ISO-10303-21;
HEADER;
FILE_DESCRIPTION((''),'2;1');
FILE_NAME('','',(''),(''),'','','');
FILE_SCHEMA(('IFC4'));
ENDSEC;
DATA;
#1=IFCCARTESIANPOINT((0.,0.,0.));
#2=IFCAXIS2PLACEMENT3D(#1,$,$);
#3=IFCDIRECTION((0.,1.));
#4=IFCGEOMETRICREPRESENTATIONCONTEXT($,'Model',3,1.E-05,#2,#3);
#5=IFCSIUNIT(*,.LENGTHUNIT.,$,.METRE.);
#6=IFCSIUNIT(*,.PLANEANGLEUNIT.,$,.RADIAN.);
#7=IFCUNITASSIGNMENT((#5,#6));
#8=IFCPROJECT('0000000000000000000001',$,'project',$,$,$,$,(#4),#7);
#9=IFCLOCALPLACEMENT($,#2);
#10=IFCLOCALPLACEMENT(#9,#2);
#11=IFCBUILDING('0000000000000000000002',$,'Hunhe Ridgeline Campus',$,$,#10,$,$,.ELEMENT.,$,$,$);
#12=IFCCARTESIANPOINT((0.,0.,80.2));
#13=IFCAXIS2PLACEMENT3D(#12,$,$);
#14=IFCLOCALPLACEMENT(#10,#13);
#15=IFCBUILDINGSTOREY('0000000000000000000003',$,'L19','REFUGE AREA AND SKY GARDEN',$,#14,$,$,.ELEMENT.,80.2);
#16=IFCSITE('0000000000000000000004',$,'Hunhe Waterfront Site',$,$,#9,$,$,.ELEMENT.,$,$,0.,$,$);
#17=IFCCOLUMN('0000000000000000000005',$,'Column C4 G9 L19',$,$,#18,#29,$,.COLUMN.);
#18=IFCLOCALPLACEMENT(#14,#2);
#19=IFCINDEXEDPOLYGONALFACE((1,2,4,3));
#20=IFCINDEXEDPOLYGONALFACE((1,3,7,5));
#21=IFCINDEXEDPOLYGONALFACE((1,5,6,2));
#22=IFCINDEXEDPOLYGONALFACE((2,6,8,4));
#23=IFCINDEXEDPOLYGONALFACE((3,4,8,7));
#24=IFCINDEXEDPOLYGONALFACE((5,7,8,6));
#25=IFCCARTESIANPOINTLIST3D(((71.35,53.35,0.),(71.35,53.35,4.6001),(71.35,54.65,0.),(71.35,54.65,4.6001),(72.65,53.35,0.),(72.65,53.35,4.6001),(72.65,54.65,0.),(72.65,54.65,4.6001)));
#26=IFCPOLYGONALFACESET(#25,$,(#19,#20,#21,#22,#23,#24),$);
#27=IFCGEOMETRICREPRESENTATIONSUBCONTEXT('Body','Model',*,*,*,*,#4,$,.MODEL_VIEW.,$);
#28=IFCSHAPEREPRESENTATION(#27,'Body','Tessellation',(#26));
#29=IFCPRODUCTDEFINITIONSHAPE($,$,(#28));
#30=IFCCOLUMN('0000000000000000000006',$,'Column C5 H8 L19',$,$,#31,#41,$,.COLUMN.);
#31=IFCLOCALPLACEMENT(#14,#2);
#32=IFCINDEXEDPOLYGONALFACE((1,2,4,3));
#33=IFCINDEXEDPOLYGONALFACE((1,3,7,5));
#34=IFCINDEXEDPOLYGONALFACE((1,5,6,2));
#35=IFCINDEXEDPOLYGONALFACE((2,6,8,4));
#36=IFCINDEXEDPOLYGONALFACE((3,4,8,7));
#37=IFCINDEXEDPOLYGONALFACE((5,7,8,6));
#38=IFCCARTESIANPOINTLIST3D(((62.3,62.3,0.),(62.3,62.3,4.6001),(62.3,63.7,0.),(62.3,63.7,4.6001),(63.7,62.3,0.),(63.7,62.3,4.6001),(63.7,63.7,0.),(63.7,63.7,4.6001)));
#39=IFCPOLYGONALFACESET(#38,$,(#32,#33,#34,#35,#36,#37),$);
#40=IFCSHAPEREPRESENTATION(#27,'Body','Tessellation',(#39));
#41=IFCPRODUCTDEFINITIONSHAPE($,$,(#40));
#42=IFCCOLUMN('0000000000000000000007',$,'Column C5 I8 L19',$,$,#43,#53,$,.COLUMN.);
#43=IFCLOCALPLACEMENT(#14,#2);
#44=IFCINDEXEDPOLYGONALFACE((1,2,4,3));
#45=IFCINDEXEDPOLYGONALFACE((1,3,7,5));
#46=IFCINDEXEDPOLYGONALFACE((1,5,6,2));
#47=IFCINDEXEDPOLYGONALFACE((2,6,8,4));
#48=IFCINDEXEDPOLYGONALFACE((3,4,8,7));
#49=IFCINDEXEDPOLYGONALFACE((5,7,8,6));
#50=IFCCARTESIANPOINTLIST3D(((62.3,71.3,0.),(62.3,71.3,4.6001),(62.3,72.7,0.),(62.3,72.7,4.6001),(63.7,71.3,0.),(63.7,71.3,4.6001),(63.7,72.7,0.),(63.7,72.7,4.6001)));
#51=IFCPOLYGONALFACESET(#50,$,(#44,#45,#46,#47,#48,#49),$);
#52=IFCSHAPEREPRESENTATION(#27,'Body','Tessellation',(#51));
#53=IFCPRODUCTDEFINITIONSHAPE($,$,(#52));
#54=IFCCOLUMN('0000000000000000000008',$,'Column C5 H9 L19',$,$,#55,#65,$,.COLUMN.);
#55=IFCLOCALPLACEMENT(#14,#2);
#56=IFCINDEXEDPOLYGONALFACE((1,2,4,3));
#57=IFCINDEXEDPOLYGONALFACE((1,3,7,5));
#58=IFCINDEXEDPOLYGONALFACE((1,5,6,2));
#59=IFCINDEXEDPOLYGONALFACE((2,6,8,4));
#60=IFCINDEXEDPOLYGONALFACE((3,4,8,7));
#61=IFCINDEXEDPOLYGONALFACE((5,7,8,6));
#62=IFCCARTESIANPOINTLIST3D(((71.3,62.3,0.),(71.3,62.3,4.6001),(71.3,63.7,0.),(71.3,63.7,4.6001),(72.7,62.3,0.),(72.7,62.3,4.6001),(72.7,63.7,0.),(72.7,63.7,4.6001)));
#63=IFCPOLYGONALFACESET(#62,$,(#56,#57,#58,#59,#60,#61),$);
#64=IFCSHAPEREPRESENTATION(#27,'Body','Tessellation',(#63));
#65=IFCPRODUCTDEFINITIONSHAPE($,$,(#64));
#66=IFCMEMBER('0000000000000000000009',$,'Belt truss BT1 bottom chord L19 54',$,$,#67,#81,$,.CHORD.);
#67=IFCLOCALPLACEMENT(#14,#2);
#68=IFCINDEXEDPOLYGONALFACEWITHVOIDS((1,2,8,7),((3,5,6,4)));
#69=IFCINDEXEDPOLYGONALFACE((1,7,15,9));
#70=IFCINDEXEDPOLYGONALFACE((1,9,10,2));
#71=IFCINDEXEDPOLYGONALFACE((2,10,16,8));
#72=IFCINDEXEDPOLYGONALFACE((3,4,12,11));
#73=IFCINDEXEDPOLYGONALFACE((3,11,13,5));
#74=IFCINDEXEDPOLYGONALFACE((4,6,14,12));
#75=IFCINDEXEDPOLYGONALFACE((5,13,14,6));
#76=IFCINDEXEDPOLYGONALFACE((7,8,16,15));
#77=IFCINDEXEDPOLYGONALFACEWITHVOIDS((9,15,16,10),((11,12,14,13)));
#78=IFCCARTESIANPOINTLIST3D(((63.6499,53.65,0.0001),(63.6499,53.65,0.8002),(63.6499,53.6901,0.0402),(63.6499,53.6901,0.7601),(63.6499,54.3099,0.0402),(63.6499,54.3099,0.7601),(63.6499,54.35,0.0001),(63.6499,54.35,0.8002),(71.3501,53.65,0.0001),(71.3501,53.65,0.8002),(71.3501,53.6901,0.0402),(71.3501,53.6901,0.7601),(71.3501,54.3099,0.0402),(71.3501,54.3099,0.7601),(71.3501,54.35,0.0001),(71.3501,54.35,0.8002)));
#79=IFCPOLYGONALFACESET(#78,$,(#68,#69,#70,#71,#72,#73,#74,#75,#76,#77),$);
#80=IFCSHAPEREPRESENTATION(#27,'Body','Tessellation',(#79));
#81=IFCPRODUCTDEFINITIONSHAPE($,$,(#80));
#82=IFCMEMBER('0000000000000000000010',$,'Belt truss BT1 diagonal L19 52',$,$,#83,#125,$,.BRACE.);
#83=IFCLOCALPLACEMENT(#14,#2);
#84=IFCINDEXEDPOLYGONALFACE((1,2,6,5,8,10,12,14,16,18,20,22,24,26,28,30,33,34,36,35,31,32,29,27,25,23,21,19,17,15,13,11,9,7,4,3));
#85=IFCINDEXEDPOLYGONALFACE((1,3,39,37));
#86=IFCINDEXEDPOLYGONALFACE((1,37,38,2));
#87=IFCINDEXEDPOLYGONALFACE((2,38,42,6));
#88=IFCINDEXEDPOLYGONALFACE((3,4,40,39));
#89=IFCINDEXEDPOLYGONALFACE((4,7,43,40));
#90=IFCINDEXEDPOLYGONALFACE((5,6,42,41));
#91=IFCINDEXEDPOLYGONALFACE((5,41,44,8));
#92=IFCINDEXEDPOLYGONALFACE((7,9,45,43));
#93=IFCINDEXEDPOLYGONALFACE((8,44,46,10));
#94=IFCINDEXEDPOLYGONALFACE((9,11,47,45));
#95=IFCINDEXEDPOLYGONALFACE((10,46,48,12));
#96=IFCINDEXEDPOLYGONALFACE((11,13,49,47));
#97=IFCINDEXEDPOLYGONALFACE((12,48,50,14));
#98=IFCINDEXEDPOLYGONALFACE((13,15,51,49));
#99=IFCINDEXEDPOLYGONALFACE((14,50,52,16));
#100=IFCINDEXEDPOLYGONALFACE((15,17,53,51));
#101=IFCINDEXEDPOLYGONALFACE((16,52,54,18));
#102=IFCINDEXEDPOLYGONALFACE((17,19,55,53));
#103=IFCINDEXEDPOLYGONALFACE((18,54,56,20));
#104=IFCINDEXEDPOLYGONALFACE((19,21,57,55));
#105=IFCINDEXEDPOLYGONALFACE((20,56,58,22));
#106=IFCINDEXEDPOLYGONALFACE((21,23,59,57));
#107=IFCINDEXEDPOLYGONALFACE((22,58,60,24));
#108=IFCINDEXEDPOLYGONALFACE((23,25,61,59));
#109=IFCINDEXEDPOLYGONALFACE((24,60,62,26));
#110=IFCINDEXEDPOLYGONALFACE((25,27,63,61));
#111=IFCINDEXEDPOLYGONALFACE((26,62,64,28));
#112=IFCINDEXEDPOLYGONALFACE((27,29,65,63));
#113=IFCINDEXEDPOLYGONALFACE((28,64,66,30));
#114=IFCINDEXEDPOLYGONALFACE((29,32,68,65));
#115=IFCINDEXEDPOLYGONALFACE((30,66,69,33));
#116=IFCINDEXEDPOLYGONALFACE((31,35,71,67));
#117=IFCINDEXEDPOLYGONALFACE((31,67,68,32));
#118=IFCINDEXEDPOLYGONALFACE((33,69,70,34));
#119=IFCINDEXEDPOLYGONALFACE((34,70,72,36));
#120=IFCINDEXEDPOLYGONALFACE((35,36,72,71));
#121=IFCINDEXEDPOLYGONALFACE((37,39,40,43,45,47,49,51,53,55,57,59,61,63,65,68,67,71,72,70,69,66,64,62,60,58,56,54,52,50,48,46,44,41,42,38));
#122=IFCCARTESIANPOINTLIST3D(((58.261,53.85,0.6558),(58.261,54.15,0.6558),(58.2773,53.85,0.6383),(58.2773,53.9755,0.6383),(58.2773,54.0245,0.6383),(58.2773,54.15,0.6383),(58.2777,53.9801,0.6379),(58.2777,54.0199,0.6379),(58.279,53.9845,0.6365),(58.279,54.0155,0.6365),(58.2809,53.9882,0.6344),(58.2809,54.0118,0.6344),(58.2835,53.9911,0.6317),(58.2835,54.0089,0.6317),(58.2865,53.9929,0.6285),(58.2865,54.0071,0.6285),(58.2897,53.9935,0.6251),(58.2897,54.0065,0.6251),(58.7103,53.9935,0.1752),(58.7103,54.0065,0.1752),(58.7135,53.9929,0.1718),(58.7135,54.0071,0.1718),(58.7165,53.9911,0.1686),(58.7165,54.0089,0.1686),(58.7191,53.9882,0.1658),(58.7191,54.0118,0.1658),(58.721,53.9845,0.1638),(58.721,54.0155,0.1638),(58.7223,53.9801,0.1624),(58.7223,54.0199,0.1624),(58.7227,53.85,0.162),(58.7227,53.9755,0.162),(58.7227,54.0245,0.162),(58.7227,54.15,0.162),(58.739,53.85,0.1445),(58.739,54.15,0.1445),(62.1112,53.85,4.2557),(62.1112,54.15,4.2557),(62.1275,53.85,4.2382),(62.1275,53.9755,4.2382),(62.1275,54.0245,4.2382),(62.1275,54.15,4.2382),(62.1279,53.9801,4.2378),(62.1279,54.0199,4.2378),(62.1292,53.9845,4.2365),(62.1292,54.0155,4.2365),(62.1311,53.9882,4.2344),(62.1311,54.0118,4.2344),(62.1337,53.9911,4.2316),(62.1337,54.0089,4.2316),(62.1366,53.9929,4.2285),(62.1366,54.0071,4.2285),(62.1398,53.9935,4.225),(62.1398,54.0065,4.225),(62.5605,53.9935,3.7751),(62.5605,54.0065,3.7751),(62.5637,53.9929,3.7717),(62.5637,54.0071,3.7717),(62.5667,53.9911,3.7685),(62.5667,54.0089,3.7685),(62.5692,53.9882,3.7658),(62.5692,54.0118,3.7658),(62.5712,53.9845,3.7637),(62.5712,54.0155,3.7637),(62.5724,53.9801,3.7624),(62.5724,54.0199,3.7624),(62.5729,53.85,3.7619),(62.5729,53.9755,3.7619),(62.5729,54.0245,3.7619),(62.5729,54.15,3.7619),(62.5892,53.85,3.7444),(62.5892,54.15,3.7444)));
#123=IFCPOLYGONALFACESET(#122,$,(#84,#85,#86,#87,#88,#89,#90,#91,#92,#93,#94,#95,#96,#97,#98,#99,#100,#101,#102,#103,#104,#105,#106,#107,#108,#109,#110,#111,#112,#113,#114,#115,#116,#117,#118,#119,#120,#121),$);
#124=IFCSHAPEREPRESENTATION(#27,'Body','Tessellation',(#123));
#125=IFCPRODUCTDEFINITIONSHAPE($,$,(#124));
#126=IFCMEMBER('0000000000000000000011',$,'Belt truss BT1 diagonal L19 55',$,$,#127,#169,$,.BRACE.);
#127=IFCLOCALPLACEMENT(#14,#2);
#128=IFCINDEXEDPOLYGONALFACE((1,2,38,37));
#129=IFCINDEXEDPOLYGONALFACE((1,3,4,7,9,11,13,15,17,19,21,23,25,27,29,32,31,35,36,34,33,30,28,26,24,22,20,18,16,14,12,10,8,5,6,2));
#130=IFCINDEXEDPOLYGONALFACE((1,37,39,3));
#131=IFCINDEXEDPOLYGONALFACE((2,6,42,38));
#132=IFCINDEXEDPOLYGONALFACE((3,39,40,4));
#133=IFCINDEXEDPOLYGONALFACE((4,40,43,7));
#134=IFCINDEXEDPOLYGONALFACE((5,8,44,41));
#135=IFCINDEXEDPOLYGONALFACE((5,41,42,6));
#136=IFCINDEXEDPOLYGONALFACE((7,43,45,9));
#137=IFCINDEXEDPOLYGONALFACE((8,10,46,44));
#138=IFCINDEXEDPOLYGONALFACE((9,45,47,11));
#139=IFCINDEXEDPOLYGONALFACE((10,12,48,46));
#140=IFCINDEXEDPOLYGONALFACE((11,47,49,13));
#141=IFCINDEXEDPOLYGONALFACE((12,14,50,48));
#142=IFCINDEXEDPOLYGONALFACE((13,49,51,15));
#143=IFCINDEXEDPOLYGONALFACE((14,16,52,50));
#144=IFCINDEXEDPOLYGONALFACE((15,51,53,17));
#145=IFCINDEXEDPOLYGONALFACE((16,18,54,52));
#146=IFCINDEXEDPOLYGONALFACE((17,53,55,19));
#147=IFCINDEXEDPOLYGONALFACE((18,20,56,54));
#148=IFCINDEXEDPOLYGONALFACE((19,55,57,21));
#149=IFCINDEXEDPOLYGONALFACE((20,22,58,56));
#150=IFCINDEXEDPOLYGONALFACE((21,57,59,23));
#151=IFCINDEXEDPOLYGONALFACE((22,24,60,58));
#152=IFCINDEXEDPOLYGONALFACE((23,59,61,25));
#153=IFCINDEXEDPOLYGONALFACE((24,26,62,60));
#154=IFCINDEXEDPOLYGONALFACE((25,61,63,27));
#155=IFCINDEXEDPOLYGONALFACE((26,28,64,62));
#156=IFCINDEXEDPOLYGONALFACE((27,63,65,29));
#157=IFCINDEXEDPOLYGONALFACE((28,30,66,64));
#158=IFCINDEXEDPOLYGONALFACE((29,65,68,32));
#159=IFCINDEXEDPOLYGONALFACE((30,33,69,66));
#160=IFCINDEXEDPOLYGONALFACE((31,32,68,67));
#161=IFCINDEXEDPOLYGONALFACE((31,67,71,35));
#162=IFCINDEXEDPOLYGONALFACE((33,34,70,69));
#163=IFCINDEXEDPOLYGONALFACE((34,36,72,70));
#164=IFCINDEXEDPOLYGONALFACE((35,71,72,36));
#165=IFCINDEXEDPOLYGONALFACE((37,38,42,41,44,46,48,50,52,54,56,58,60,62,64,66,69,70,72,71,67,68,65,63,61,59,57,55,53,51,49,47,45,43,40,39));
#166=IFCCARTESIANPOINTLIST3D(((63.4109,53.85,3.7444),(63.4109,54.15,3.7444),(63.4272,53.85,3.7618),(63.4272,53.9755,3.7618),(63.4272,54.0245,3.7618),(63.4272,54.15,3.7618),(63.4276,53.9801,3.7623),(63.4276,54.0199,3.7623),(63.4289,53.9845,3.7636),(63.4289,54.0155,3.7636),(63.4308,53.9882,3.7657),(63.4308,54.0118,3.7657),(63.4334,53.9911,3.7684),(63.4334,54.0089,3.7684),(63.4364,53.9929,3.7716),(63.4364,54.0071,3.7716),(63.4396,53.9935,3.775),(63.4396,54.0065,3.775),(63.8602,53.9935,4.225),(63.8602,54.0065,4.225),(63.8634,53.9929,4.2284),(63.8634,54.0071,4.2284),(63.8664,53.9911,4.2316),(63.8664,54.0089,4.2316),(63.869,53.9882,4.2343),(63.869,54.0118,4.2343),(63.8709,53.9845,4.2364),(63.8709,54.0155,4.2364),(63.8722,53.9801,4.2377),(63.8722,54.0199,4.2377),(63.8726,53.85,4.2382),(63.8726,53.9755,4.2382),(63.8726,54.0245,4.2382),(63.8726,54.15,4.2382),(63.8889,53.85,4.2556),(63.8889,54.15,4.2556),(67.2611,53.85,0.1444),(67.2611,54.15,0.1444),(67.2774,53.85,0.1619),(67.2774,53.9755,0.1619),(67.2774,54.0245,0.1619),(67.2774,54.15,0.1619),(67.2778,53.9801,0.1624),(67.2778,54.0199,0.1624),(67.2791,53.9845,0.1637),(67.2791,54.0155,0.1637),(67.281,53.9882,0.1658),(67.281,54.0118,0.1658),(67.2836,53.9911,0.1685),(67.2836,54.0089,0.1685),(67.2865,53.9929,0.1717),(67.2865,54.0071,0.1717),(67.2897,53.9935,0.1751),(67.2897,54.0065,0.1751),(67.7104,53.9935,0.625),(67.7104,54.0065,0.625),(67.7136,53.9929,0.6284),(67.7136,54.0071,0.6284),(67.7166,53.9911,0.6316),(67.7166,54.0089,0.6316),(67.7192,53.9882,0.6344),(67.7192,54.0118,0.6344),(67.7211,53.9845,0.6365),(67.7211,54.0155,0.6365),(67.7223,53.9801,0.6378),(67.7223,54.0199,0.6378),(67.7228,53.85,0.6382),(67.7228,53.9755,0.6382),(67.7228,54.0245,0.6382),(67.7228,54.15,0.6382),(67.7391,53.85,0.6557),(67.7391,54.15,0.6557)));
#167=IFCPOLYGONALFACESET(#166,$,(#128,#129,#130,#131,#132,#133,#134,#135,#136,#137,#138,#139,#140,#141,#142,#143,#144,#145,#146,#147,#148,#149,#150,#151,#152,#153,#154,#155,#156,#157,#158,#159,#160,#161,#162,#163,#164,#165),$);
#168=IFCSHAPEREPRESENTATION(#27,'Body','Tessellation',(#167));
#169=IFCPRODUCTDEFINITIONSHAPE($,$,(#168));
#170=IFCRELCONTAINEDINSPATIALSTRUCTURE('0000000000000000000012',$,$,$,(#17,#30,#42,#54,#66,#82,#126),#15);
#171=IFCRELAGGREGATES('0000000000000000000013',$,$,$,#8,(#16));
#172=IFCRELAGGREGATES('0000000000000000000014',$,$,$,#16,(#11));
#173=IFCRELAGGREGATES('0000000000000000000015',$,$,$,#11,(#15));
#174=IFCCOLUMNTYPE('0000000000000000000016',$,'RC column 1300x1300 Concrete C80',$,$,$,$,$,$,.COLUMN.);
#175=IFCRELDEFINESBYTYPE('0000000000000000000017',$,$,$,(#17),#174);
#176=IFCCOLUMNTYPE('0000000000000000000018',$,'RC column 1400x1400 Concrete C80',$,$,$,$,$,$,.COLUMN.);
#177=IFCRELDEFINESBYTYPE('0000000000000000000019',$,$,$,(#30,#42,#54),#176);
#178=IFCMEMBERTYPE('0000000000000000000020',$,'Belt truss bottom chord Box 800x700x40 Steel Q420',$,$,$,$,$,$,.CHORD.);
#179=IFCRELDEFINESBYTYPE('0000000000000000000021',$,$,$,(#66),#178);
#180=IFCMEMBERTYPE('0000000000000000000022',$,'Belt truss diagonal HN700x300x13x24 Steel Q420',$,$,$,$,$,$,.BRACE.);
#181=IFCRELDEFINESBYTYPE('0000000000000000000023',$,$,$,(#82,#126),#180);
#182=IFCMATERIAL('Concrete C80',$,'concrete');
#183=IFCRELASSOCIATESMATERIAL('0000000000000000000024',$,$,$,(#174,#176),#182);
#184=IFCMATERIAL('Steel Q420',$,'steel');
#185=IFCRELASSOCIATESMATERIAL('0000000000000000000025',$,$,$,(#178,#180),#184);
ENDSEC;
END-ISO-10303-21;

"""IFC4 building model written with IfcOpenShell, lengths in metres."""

from ifc_helpers import new_model, si_unit, direction, frame, origin, origin_2d, place, context, subcontext, project, spatial, rectangle, hollow_rectangle, i_section, extrude, material, material_profile, profile_set, type_object, element, save


model = new_model("IFC4")

# Units and contexts
model_context = context("Model", 3, precision=1e-05, world=origin(), true_north=direction((0.0, 1.0)))
body_context = subcontext(model_context, "Body", "Model", "MODEL_VIEW")
ifc_project = project(units=[si_unit("LENGTHUNIT", "METRE"), si_unit("PLANEANGLEUNIT", "RADIAN")], contexts=[model_context])

# Site, building, storey
site_placement = place(None, origin())
site = spatial("IfcSite", under=ifc_project, at=site_placement, Name="Hunhe Waterfront Site", CompositionType="ELEMENT", RefElevation=0.0)
building_placement = place(site_placement, origin())
building = spatial("IfcBuilding", under=site, at=building_placement, Name="Hunhe Ridgeline Campus", CompositionType="ELEMENT")
storey_placement = place(building_placement, frame((0.0, 0.0, 80.2)))
storey = spatial("IfcBuildingStorey", under=building, at=storey_placement, Name="L19", Description="REFUGE AREA AND SKY GARDEN", CompositionType="ELEMENT", Elevation=80.2)

# Columns
ifc_material_1 = material(Name="Concrete C80", Category="concrete")
ifc_material_profile_1 = material_profile(ifc_material_1, rectangle(XDim=1.3, YDim=1.3, at=origin_2d()))
ifc_profile_set_1 = profile_set([ifc_material_profile_1], Name="Concrete C80")
column_type_1 = type_object("IfcColumnType", Name="RC column 1300x1300 Concrete C80", PredefinedType="COLUMN", material=ifc_profile_set_1)
column_placement = place(storey_placement, frame((72.0, 54.0, 0.0), z_axis=(0.0, 0.0, 1.0), x_axis=(1.0, 0.0, 0.0)))
element("IfcColumn", 1, at=column_placement, inside=storey, type_object=column_type_1, Name="Column C4 G9 L19", PredefinedType="COLUMN", context=body_context, shape_type="SweptSolid", body=[
    extrude(rectangle(XDim=1.3, YDim=1.3, at=origin_2d()), origin(), (0.0, 0.0, 1.0), 4.6001),
])
ifc_material_profile_2 = material_profile(ifc_material_1, rectangle(XDim=1.3999, YDim=1.3999, at=origin_2d()))
ifc_profile_set_2 = profile_set([ifc_material_profile_2], Name="Concrete C80")
column_type_2 = type_object("IfcColumnType", Name="RC column 1400x1400 Concrete C80", PredefinedType="COLUMN", material=ifc_profile_set_2)
for number, where, z_axis, x_axis, name in (
    (2, (63.0, 63.0, 0.0), (0.0, 0.0, 1.0), (1.0, 0.0, 0.0), "Column C5 H8 L19"),
    (3, (63.0, 72.0, 0.0), (0.0, 0.0, 1.0), (1.0, 0.0, 0.0), "Column C5 I8 L19"),
    (4, (72.0, 63.0, 0.0), (0.0, 0.0, 1.0), (1.0, 0.0, 0.0), "Column C5 H9 L19"),
):
    element("IfcColumn", number, at=place(storey_placement, frame(where, z_axis=z_axis, x_axis=x_axis)), inside=storey, type_object=column_type_2, Name=name, PredefinedType="COLUMN", context=body_context, shape_type="SweptSolid", body=[
        extrude(rectangle(XDim=1.3999, YDim=1.3999, at=origin_2d()), origin(), (0.0, 0.0, 1.0), 4.6001),
    ])

# Members
ifc_material_2 = material(Name="Steel Q420", Category="steel")
ifc_material_profile_3 = material_profile(ifc_material_2, hollow_rectangle(XDim=0.7, YDim=0.8, WallThickness=0.04, at=origin_2d()))
ifc_profile_set_3 = profile_set([ifc_material_profile_3], Name="Steel Q420")
member_type_1 = type_object("IfcMemberType", Name="Belt truss bottom chord Box 800x700x40 Steel Q420", PredefinedType="CHORD", material=ifc_profile_set_3)
member_1_placement = place(storey_placement, frame((63.6499, 54.0, 0.4001), z_axis=(1.0, 0.0, 0.0), x_axis=(0.0, 1.0, 0.0)))
element("IfcMember", 5, at=member_1_placement, inside=storey, type_object=member_type_1, Name="Belt truss BT1 bottom chord L19 54", PredefinedType="CHORD", context=body_context, shape_type="SweptSolid", body=[
    extrude(hollow_rectangle(XDim=0.7, YDim=0.8, WallThickness=0.04, at=origin_2d()), origin(), (0.0, 0.0, 1.0), 7.7002),
])
ifc_material_profile_4 = material_profile(ifc_material_2, i_section(OverallWidth=0.3, OverallDepth=0.7, WebThickness=0.0129, FlangeThickness=0.0239, FilletRadius=0.0181, at=origin_2d()))
ifc_profile_set_4 = profile_set([ifc_material_profile_4], Name="Steel Q420")
member_type_2 = type_object("IfcMemberType", Name="Belt truss diagonal HN700x300x13x24 Steel Q420", PredefinedType="BRACE", material=ifc_profile_set_4)
for number, where, z_axis, x_axis, name in (
    (6, (58.5, 54.0, 0.4001), (0.730447, 0.0, 0.68297), (0.0, 1.0, 0.0), "Belt truss BT1 diagonal L19 52"),
    (7, (63.6499, 54.0, 4.0), (0.730447, 0.0, -0.68297), (0.0, 1.0, 0.0), "Belt truss BT1 diagonal L19 55"),
):
    element("IfcMember", number, at=place(storey_placement, frame(where, z_axis=z_axis, x_axis=x_axis)), inside=storey, type_object=member_type_2, Name=name, PredefinedType="BRACE", context=body_context, shape_type="SweptSolid", body=[
        extrude(i_section(OverallWidth=0.3, OverallDepth=0.7, WebThickness=0.0129, FlangeThickness=0.0239, FilletRadius=0.0181, at=origin_2d()), origin(), (0.0, 0.0, 1.0), 5.271),
    ])

save(model, "model.ifc")
